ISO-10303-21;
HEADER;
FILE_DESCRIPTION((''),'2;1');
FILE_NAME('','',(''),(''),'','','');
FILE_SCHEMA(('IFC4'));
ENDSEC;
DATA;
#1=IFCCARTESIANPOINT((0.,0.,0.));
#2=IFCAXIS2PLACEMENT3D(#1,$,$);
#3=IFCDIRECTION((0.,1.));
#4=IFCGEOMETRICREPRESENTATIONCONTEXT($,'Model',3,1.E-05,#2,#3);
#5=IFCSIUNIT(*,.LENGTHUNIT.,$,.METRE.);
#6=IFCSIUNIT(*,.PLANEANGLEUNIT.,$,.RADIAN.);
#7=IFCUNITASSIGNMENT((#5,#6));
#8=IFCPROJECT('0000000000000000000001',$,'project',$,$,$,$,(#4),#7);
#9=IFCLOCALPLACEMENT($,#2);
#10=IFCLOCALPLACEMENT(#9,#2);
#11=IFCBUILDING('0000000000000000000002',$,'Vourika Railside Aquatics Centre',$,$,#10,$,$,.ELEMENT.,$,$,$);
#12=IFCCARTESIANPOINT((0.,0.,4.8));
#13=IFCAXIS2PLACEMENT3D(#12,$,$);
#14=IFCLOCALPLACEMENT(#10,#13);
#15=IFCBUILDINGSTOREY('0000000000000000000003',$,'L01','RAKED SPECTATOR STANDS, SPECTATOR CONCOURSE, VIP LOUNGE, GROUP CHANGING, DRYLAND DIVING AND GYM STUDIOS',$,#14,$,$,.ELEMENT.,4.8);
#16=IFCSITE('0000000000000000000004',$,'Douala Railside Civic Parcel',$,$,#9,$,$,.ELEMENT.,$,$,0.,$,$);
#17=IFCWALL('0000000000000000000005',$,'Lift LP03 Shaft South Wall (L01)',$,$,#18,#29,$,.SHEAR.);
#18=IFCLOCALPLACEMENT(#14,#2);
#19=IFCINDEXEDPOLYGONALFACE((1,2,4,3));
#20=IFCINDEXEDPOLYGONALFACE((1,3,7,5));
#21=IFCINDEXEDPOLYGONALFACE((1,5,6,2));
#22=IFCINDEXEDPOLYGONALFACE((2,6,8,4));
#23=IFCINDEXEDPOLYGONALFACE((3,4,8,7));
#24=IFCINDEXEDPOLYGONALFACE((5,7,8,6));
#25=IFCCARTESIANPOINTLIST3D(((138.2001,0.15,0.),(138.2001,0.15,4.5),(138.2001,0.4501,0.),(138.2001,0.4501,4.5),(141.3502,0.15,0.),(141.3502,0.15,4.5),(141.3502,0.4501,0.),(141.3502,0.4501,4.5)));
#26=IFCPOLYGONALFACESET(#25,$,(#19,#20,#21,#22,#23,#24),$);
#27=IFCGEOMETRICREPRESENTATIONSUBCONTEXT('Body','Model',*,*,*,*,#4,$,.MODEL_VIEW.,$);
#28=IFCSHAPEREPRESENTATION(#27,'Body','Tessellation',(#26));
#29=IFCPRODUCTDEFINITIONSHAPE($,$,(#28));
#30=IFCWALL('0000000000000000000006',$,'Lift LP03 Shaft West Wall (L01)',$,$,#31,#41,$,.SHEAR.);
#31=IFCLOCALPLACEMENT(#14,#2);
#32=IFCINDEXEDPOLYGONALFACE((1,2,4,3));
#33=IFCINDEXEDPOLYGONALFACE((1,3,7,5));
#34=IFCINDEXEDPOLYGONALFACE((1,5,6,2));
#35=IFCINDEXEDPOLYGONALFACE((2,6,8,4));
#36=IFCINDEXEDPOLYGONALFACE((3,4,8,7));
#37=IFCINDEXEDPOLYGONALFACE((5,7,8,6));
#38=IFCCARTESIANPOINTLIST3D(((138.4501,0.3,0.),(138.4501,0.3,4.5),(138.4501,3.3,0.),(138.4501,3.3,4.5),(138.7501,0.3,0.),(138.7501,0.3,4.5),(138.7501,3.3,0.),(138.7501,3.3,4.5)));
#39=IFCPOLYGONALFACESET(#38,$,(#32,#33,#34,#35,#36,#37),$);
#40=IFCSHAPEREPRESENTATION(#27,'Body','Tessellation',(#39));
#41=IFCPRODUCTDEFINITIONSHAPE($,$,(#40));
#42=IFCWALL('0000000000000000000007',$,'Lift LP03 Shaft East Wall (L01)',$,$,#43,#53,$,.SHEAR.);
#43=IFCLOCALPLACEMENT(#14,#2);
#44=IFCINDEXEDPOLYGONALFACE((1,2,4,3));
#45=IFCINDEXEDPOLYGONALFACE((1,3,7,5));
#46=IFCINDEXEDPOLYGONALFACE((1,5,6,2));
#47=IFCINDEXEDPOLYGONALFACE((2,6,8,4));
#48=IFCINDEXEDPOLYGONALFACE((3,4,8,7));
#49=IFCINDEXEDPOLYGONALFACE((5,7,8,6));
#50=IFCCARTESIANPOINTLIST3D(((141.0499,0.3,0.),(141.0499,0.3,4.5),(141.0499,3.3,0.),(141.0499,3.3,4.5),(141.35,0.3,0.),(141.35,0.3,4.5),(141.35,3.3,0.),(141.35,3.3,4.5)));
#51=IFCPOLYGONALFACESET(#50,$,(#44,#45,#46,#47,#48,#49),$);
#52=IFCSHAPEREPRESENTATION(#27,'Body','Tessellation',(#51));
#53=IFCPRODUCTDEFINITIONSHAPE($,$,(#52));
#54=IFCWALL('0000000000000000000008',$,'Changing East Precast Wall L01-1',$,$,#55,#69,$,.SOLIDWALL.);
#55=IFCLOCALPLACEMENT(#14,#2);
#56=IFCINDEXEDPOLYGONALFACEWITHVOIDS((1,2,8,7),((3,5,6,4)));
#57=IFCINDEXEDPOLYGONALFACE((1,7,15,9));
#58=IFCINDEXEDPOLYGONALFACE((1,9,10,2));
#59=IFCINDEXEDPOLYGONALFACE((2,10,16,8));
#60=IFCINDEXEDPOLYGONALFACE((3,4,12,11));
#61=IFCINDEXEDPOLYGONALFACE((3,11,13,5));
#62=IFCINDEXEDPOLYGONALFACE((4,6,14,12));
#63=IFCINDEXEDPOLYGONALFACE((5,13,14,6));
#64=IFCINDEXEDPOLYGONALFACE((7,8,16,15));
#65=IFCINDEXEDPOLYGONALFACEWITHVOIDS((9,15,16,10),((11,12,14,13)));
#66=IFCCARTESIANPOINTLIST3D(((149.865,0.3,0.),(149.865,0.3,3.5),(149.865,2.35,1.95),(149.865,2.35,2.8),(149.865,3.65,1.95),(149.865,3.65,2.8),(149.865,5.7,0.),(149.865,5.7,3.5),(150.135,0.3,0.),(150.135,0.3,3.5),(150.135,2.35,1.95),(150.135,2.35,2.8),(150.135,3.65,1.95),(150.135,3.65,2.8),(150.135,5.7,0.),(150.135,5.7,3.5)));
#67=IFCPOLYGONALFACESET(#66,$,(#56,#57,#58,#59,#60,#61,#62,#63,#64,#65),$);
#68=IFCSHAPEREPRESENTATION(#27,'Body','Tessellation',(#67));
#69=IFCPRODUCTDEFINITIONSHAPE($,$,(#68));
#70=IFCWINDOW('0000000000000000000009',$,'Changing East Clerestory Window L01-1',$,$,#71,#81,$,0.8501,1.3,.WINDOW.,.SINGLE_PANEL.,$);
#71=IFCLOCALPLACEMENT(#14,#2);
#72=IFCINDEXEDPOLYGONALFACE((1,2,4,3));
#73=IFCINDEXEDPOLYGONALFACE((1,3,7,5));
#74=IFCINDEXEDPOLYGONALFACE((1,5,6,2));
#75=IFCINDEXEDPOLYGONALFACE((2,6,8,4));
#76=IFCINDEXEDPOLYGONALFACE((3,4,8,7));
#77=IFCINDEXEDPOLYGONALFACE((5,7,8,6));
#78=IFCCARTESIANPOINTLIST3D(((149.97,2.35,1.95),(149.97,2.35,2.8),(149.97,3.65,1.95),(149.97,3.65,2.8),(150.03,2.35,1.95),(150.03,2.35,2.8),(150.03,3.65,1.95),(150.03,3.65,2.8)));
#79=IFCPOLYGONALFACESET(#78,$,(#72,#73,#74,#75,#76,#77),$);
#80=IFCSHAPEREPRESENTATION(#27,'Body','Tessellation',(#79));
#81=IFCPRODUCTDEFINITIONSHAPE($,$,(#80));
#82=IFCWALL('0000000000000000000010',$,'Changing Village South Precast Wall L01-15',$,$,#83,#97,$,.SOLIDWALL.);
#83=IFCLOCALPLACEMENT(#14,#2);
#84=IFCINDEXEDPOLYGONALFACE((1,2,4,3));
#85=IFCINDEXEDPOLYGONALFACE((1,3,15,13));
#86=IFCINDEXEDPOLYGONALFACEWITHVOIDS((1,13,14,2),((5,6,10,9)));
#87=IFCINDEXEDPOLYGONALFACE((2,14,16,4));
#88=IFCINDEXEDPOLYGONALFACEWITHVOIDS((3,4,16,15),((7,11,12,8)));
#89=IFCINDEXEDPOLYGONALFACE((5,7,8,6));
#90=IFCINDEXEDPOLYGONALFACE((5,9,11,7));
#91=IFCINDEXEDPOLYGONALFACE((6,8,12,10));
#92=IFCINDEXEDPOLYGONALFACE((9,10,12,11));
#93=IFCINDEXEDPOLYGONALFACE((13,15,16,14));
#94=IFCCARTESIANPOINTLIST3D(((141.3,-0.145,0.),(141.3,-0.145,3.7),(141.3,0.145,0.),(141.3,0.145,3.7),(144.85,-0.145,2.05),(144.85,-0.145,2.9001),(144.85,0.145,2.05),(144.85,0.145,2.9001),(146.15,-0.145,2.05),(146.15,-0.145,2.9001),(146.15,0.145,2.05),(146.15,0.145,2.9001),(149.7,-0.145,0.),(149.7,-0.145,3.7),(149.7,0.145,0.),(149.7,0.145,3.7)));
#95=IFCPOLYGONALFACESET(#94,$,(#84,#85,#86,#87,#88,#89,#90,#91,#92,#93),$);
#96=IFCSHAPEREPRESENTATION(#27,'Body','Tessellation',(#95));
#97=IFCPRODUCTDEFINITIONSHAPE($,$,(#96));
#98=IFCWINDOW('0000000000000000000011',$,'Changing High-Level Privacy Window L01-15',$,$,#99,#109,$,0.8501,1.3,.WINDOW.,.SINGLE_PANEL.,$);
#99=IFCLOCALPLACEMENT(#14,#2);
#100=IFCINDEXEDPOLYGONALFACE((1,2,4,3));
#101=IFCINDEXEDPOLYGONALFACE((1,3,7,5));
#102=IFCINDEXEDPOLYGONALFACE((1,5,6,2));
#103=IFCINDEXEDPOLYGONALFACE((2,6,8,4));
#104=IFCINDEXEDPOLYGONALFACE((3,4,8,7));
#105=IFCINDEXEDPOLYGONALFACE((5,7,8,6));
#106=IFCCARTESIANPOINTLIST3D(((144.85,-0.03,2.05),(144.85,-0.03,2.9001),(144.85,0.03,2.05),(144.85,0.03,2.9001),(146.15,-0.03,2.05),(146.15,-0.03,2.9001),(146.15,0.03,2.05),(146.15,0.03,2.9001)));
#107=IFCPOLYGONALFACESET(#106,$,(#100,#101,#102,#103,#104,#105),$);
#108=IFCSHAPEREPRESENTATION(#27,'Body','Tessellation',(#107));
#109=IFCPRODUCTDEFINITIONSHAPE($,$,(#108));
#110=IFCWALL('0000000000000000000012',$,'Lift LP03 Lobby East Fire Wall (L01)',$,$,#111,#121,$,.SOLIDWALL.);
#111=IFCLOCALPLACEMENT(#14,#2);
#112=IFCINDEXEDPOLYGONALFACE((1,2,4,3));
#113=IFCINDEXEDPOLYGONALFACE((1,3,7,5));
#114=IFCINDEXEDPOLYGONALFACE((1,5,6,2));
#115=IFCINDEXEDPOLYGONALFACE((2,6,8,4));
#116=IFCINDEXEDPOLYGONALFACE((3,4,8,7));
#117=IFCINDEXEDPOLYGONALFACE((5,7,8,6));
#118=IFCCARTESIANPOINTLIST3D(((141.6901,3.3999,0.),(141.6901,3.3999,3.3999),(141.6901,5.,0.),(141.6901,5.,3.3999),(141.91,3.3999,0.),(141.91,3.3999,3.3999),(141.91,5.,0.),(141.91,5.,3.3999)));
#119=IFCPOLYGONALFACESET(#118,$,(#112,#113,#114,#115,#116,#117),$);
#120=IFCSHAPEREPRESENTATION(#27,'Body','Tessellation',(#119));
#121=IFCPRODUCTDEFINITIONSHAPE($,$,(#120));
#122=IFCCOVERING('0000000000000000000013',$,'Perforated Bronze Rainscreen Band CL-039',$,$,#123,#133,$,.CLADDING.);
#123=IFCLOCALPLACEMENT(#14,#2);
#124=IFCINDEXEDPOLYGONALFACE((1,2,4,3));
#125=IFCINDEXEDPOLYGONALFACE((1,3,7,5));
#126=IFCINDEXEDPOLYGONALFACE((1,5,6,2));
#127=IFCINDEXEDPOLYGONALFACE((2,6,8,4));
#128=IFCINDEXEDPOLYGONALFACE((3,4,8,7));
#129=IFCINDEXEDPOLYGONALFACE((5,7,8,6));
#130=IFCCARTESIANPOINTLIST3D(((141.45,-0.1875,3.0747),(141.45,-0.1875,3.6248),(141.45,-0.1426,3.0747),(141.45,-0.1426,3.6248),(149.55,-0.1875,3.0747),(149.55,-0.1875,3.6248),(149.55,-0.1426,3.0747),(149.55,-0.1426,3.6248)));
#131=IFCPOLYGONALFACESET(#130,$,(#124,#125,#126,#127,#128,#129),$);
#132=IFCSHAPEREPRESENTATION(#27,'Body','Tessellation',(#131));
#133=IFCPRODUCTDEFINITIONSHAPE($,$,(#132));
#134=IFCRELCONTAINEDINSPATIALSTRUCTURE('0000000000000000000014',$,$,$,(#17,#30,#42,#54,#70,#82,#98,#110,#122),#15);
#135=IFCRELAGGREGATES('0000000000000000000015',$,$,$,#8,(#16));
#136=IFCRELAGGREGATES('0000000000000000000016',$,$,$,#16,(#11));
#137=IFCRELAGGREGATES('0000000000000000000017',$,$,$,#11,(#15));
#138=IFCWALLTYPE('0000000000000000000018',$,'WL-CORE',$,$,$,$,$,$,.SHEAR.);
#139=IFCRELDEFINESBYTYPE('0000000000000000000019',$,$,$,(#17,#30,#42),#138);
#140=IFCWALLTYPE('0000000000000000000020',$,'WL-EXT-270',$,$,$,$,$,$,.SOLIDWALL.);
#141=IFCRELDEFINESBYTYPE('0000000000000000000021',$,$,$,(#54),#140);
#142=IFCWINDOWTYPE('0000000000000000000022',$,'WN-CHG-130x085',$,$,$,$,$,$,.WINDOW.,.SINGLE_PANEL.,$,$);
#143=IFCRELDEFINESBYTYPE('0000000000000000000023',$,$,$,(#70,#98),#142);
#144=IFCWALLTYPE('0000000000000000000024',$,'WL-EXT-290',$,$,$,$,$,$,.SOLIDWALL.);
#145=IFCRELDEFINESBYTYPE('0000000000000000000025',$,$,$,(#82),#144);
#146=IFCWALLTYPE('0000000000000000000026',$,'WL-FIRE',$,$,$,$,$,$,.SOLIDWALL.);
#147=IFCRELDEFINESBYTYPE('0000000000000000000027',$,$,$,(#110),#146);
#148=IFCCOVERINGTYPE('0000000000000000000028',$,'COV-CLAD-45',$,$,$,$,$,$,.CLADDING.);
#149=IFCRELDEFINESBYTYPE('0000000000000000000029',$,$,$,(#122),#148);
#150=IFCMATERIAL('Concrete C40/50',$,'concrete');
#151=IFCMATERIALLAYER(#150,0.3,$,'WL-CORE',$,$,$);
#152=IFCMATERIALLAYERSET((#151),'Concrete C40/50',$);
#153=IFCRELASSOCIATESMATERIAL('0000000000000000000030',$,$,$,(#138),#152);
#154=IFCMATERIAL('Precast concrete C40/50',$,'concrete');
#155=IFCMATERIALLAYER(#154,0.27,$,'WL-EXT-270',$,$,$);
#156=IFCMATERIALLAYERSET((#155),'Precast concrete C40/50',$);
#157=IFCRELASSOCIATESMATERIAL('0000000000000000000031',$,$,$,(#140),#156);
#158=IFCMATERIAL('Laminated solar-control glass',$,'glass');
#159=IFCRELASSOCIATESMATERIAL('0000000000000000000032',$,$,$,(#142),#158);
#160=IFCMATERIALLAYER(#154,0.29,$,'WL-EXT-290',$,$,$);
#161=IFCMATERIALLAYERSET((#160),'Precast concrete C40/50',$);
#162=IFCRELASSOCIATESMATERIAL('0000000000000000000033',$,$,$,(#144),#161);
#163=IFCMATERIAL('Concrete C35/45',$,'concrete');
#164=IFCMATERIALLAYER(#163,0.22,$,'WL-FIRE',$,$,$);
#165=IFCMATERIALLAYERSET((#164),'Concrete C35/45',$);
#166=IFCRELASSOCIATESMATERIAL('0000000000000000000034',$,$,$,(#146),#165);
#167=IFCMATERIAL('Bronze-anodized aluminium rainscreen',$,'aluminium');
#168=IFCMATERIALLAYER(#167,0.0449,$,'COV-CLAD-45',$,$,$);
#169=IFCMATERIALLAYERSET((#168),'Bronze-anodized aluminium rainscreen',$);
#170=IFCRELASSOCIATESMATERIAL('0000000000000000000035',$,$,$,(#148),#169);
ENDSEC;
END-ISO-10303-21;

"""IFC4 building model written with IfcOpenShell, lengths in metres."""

from ifc_helpers import new_model, si_unit, direction, frame, frame_2d, origin, origin_2d, place, context, subcontext, project, spatial, rectangle, extrude, material, layer, layer_set, type_object, element, fill, save


model = new_model("IFC4")

# Units and contexts
model_context = context("Model", 3, precision=1e-05, world=origin(), true_north=direction((0.0, 1.0)))
body_context = subcontext(model_context, "Body", "Model", "MODEL_VIEW")
ifc_project = project(units=[si_unit("LENGTHUNIT", "METRE"), si_unit("PLANEANGLEUNIT", "RADIAN")], contexts=[model_context])

# Site, building, storey
site_placement = place(None, origin())
site = spatial("IfcSite", under=ifc_project, at=site_placement, Name="Douala Railside Civic Parcel", CompositionType="ELEMENT", RefElevation=0.0)
building_placement = place(site_placement, origin())
building = spatial("IfcBuilding", under=site, at=building_placement, Name="Vourika Railside Aquatics Centre", CompositionType="ELEMENT")
storey_placement = place(building_placement, frame((0.0, 0.0, 4.8)))
storey = spatial("IfcBuildingStorey", under=building, at=storey_placement, Name="L01", Description="RAKED SPECTATOR STANDS, SPECTATOR CONCOURSE, VIP LOUNGE, GROUP CHANGING, DRYLAND DIVING AND GYM STUDIOS", CompositionType="ELEMENT", Elevation=4.8)

# Shared definitions
ifc_material_1 = material(Name="Concrete C40/50", Category="concrete")

# Shared definitions
ifc_material_2 = material(Name="Concrete C35/45", Category="concrete")

# Shared definitions
ifc_layer_1 = layer(ifc_material_1, 0.3, Name="WL-CORE")
ifc_layer_set_1 = layer_set([ifc_layer_1], Name="Concrete C40/50")
wall_type_1 = type_object("IfcWallType", Name="WL-CORE", PredefinedType="SHEAR", material=ifc_layer_set_1)

# Wall
wall_1_placement = place(storey_placement, frame((138.2, 0.3, 0.0), z_axis=(0.0, 0.0, 1.0), x_axis=(1.0, 0.0, 0.0)))
element("IfcWall", 1, at=wall_1_placement, inside=storey, type_object=wall_type_1, Name="Lift LP03 Shaft South Wall (L01)", PredefinedType="SHEAR", context=body_context, shape_type="SweptSolid", body=[
    extrude(rectangle(XDim=3.1501, YDim=0.3, at=frame_2d((1.5752, 0.0))), origin(), (0.0, 0.0, 1.0), 4.5),
])

# Walls
for number, where, z_axis, x_axis, name in (
    (2, (138.6001, 3.3, 0.0), (0.0, 0.0, 1.0), (0.0, -1.0, 0.0), "Lift LP03 Shaft West Wall (L01)"),
    (3, (141.2, 0.3, 0.0), (0.0, 0.0, 1.0), (0.0, 1.0, 0.0), "Lift LP03 Shaft East Wall (L01)"),
):
    element("IfcWall", number, at=place(storey_placement, frame(where, z_axis=z_axis, x_axis=x_axis)), inside=storey, type_object=wall_type_1, Name=name, PredefinedType="SHEAR", context=body_context, shape_type="SweptSolid", body=[
        extrude(rectangle(XDim=3.0, YDim=0.3, at=frame_2d((1.5, 0.0))), origin(), (0.0, 0.0, 1.0), 4.5),
    ])

# Walls, openings, windows
ifc_material_3 = material(Name="Precast concrete C40/50", Category="concrete")
ifc_layer_2 = layer(ifc_material_3, 0.27, Name="WL-EXT-270")
ifc_layer_set_2 = layer_set([ifc_layer_2], Name="Precast concrete C40/50")
wall_type_2 = type_object("IfcWallType", Name="WL-EXT-270", PredefinedType="SOLIDWALL", material=ifc_layer_set_2)
wall_2_placement = place(storey_placement, frame((150.0, 0.3, 0.0), z_axis=(0.0, 0.0, 1.0), x_axis=(0.0, 1.0, 0.0)))
wall_2 = element("IfcWall", 4, at=wall_2_placement, inside=storey, type_object=wall_type_2, Name="Changing East Precast Wall L01-1", PredefinedType="SOLIDWALL", context=body_context, shape_type="SweptSolid", body=[
    extrude(rectangle(XDim=5.3999, YDim=0.27, at=frame_2d((2.7, 0.0))), origin(), (0.0, 0.0, 1.0), 3.5),
])
opening_1_placement = place(wall_2_placement, frame((2.05, 0.0, 1.95)))
opening_1 = element("IfcOpeningElement", 5, at=opening_1_placement, cuts=wall_2, PredefinedType="OPENING", context=body_context, shape_type="SweptSolid", body=[
    extrude(rectangle(XDim=1.3, YDim=0.8501, at=frame_2d((0.6499, 0.425))), frame((0.0, 0.145, 0.0), z_axis=(0.0, -1.0, 0.0), x_axis=(1.0, 0.0, 0.0)), (0.0, 0.0, 1.0), 0.29),
])
ifc_material_4 = material(Name="Laminated solar-control glass", Category="glass")
window_type = type_object("IfcWindowType", Name="WN-CHG-130x085", PartitioningType="SINGLE_PANEL", PredefinedType="WINDOW", material=ifc_material_4)
window_1_placement = place(opening_1_placement, origin())
window_1 = element("IfcWindow", 6, at=window_1_placement, inside=storey, type_object=window_type, Name="Changing East Clerestory Window L01-1", OverallHeight=0.8501, OverallWidth=1.3, PartitioningType="SINGLE_PANEL", PredefinedType="WINDOW", context=body_context, shape_type="SweptSolid", body=[
    extrude(rectangle(XDim=1.3, YDim=0.8501, at=frame_2d((0.6499, 0.425))), frame((0.0, 0.03, 0.0), z_axis=(0.0, -1.0, 0.0), x_axis=(1.0, 0.0, 0.0)), (0.0, 0.0, 1.0), 0.0601),
])
fill(opening_1, window_1)
ifc_layer_3 = layer(ifc_material_3, 0.29, Name="WL-EXT-290")
ifc_layer_set_3 = layer_set([ifc_layer_3], Name="Precast concrete C40/50")
wall_type_3 = type_object("IfcWallType", Name="WL-EXT-290", PredefinedType="SOLIDWALL", material=ifc_layer_set_3)
wall_3_placement = place(storey_placement, frame((141.3, 0.0, 0.0), z_axis=(0.0, 0.0, 1.0), x_axis=(1.0, 0.0, 0.0)))
wall_3 = element("IfcWall", 7, at=wall_3_placement, inside=storey, type_object=wall_type_3, Name="Changing Village South Precast Wall L01-15", PredefinedType="SOLIDWALL", context=body_context, shape_type="SweptSolid", body=[
    extrude(rectangle(XDim=8.3999, YDim=0.29, at=frame_2d((4.2, 0.0))), origin(), (0.0, 0.0, 1.0), 3.7),
])
opening_2_placement = place(wall_3_placement, frame((3.55, 0.0, 2.05)))
opening_2 = element("IfcOpeningElement", 8, at=opening_2_placement, cuts=wall_3, PredefinedType="OPENING", context=body_context, shape_type="SweptSolid", body=[
    extrude(rectangle(XDim=1.3, YDim=0.8501, at=frame_2d((0.6499, 0.425))), frame((0.0, 0.155, 0.0), z_axis=(0.0, -1.0, 0.0), x_axis=(1.0, 0.0, 0.0)), (0.0, 0.0, 1.0), 0.3101),
])
window_2_placement = place(opening_2_placement, origin())
window_2 = element("IfcWindow", 9, at=window_2_placement, inside=storey, type_object=window_type, Name="Changing High-Level Privacy Window L01-15", OverallHeight=0.8501, OverallWidth=1.3, PartitioningType="SINGLE_PANEL", PredefinedType="WINDOW", context=body_context, shape_type="SweptSolid", body=[
    extrude(rectangle(XDim=1.3, YDim=0.8501, at=frame_2d((0.6499, 0.425))), frame((0.0, 0.03, 0.0), z_axis=(0.0, -1.0, 0.0), x_axis=(1.0, 0.0, 0.0)), (0.0, 0.0, 1.0), 0.0601),
])
fill(opening_2, window_2)

# Shared definitions
ifc_layer_4 = layer(ifc_material_2, 0.22, Name="WL-FIRE")
ifc_layer_set_4 = layer_set([ifc_layer_4], Name="Concrete C35/45")
wall_type_4 = type_object("IfcWallType", Name="WL-FIRE", PredefinedType="SOLIDWALL", material=ifc_layer_set_4)

# Wall
wall_4_placement = place(storey_placement, frame((141.8, 3.3999, 0.0), z_axis=(0.0, 0.0, 1.0), x_axis=(0.0, 1.0, 0.0)))
element("IfcWall", 10, at=wall_4_placement, inside=storey, type_object=wall_type_4, Name="Lift LP03 Lobby East Fire Wall (L01)", PredefinedType="SOLIDWALL", context=body_context, shape_type="SweptSolid", body=[
    extrude(rectangle(XDim=1.6001, YDim=0.22, at=frame_2d((0.8, 0.0))), origin(), (0.0, 0.0, 1.0), 3.3999),
])

# Covering
ifc_material_5 = material(Name="Bronze-anodized aluminium rainscreen", Category="aluminium")
ifc_layer_5 = layer(ifc_material_5, 0.0449, Name="COV-CLAD-45")
ifc_layer_set_5 = layer_set([ifc_layer_5], Name="Bronze-anodized aluminium rainscreen")
covering_type = type_object("IfcCoveringType", Name="COV-CLAD-45", PredefinedType="CLADDING", material=ifc_layer_set_5)
covering_placement = place(storey_placement, frame((145.5, -0.165, 3.0747), z_axis=(0.0, 0.0, 1.0), x_axis=(1.0, 0.0, 0.0)))
element("IfcCovering", 11, at=covering_placement, inside=storey, type_object=covering_type, Name="Perforated Bronze Rainscreen Band CL-039", PredefinedType="CLADDING", context=body_context, shape_type="SweptSolid", body=[
    extrude(rectangle(XDim=8.1001, YDim=0.0449, at=origin_2d()), origin(), (0.0, 0.0, 1.0), 0.55),
])

save(model, "model.ifc")
